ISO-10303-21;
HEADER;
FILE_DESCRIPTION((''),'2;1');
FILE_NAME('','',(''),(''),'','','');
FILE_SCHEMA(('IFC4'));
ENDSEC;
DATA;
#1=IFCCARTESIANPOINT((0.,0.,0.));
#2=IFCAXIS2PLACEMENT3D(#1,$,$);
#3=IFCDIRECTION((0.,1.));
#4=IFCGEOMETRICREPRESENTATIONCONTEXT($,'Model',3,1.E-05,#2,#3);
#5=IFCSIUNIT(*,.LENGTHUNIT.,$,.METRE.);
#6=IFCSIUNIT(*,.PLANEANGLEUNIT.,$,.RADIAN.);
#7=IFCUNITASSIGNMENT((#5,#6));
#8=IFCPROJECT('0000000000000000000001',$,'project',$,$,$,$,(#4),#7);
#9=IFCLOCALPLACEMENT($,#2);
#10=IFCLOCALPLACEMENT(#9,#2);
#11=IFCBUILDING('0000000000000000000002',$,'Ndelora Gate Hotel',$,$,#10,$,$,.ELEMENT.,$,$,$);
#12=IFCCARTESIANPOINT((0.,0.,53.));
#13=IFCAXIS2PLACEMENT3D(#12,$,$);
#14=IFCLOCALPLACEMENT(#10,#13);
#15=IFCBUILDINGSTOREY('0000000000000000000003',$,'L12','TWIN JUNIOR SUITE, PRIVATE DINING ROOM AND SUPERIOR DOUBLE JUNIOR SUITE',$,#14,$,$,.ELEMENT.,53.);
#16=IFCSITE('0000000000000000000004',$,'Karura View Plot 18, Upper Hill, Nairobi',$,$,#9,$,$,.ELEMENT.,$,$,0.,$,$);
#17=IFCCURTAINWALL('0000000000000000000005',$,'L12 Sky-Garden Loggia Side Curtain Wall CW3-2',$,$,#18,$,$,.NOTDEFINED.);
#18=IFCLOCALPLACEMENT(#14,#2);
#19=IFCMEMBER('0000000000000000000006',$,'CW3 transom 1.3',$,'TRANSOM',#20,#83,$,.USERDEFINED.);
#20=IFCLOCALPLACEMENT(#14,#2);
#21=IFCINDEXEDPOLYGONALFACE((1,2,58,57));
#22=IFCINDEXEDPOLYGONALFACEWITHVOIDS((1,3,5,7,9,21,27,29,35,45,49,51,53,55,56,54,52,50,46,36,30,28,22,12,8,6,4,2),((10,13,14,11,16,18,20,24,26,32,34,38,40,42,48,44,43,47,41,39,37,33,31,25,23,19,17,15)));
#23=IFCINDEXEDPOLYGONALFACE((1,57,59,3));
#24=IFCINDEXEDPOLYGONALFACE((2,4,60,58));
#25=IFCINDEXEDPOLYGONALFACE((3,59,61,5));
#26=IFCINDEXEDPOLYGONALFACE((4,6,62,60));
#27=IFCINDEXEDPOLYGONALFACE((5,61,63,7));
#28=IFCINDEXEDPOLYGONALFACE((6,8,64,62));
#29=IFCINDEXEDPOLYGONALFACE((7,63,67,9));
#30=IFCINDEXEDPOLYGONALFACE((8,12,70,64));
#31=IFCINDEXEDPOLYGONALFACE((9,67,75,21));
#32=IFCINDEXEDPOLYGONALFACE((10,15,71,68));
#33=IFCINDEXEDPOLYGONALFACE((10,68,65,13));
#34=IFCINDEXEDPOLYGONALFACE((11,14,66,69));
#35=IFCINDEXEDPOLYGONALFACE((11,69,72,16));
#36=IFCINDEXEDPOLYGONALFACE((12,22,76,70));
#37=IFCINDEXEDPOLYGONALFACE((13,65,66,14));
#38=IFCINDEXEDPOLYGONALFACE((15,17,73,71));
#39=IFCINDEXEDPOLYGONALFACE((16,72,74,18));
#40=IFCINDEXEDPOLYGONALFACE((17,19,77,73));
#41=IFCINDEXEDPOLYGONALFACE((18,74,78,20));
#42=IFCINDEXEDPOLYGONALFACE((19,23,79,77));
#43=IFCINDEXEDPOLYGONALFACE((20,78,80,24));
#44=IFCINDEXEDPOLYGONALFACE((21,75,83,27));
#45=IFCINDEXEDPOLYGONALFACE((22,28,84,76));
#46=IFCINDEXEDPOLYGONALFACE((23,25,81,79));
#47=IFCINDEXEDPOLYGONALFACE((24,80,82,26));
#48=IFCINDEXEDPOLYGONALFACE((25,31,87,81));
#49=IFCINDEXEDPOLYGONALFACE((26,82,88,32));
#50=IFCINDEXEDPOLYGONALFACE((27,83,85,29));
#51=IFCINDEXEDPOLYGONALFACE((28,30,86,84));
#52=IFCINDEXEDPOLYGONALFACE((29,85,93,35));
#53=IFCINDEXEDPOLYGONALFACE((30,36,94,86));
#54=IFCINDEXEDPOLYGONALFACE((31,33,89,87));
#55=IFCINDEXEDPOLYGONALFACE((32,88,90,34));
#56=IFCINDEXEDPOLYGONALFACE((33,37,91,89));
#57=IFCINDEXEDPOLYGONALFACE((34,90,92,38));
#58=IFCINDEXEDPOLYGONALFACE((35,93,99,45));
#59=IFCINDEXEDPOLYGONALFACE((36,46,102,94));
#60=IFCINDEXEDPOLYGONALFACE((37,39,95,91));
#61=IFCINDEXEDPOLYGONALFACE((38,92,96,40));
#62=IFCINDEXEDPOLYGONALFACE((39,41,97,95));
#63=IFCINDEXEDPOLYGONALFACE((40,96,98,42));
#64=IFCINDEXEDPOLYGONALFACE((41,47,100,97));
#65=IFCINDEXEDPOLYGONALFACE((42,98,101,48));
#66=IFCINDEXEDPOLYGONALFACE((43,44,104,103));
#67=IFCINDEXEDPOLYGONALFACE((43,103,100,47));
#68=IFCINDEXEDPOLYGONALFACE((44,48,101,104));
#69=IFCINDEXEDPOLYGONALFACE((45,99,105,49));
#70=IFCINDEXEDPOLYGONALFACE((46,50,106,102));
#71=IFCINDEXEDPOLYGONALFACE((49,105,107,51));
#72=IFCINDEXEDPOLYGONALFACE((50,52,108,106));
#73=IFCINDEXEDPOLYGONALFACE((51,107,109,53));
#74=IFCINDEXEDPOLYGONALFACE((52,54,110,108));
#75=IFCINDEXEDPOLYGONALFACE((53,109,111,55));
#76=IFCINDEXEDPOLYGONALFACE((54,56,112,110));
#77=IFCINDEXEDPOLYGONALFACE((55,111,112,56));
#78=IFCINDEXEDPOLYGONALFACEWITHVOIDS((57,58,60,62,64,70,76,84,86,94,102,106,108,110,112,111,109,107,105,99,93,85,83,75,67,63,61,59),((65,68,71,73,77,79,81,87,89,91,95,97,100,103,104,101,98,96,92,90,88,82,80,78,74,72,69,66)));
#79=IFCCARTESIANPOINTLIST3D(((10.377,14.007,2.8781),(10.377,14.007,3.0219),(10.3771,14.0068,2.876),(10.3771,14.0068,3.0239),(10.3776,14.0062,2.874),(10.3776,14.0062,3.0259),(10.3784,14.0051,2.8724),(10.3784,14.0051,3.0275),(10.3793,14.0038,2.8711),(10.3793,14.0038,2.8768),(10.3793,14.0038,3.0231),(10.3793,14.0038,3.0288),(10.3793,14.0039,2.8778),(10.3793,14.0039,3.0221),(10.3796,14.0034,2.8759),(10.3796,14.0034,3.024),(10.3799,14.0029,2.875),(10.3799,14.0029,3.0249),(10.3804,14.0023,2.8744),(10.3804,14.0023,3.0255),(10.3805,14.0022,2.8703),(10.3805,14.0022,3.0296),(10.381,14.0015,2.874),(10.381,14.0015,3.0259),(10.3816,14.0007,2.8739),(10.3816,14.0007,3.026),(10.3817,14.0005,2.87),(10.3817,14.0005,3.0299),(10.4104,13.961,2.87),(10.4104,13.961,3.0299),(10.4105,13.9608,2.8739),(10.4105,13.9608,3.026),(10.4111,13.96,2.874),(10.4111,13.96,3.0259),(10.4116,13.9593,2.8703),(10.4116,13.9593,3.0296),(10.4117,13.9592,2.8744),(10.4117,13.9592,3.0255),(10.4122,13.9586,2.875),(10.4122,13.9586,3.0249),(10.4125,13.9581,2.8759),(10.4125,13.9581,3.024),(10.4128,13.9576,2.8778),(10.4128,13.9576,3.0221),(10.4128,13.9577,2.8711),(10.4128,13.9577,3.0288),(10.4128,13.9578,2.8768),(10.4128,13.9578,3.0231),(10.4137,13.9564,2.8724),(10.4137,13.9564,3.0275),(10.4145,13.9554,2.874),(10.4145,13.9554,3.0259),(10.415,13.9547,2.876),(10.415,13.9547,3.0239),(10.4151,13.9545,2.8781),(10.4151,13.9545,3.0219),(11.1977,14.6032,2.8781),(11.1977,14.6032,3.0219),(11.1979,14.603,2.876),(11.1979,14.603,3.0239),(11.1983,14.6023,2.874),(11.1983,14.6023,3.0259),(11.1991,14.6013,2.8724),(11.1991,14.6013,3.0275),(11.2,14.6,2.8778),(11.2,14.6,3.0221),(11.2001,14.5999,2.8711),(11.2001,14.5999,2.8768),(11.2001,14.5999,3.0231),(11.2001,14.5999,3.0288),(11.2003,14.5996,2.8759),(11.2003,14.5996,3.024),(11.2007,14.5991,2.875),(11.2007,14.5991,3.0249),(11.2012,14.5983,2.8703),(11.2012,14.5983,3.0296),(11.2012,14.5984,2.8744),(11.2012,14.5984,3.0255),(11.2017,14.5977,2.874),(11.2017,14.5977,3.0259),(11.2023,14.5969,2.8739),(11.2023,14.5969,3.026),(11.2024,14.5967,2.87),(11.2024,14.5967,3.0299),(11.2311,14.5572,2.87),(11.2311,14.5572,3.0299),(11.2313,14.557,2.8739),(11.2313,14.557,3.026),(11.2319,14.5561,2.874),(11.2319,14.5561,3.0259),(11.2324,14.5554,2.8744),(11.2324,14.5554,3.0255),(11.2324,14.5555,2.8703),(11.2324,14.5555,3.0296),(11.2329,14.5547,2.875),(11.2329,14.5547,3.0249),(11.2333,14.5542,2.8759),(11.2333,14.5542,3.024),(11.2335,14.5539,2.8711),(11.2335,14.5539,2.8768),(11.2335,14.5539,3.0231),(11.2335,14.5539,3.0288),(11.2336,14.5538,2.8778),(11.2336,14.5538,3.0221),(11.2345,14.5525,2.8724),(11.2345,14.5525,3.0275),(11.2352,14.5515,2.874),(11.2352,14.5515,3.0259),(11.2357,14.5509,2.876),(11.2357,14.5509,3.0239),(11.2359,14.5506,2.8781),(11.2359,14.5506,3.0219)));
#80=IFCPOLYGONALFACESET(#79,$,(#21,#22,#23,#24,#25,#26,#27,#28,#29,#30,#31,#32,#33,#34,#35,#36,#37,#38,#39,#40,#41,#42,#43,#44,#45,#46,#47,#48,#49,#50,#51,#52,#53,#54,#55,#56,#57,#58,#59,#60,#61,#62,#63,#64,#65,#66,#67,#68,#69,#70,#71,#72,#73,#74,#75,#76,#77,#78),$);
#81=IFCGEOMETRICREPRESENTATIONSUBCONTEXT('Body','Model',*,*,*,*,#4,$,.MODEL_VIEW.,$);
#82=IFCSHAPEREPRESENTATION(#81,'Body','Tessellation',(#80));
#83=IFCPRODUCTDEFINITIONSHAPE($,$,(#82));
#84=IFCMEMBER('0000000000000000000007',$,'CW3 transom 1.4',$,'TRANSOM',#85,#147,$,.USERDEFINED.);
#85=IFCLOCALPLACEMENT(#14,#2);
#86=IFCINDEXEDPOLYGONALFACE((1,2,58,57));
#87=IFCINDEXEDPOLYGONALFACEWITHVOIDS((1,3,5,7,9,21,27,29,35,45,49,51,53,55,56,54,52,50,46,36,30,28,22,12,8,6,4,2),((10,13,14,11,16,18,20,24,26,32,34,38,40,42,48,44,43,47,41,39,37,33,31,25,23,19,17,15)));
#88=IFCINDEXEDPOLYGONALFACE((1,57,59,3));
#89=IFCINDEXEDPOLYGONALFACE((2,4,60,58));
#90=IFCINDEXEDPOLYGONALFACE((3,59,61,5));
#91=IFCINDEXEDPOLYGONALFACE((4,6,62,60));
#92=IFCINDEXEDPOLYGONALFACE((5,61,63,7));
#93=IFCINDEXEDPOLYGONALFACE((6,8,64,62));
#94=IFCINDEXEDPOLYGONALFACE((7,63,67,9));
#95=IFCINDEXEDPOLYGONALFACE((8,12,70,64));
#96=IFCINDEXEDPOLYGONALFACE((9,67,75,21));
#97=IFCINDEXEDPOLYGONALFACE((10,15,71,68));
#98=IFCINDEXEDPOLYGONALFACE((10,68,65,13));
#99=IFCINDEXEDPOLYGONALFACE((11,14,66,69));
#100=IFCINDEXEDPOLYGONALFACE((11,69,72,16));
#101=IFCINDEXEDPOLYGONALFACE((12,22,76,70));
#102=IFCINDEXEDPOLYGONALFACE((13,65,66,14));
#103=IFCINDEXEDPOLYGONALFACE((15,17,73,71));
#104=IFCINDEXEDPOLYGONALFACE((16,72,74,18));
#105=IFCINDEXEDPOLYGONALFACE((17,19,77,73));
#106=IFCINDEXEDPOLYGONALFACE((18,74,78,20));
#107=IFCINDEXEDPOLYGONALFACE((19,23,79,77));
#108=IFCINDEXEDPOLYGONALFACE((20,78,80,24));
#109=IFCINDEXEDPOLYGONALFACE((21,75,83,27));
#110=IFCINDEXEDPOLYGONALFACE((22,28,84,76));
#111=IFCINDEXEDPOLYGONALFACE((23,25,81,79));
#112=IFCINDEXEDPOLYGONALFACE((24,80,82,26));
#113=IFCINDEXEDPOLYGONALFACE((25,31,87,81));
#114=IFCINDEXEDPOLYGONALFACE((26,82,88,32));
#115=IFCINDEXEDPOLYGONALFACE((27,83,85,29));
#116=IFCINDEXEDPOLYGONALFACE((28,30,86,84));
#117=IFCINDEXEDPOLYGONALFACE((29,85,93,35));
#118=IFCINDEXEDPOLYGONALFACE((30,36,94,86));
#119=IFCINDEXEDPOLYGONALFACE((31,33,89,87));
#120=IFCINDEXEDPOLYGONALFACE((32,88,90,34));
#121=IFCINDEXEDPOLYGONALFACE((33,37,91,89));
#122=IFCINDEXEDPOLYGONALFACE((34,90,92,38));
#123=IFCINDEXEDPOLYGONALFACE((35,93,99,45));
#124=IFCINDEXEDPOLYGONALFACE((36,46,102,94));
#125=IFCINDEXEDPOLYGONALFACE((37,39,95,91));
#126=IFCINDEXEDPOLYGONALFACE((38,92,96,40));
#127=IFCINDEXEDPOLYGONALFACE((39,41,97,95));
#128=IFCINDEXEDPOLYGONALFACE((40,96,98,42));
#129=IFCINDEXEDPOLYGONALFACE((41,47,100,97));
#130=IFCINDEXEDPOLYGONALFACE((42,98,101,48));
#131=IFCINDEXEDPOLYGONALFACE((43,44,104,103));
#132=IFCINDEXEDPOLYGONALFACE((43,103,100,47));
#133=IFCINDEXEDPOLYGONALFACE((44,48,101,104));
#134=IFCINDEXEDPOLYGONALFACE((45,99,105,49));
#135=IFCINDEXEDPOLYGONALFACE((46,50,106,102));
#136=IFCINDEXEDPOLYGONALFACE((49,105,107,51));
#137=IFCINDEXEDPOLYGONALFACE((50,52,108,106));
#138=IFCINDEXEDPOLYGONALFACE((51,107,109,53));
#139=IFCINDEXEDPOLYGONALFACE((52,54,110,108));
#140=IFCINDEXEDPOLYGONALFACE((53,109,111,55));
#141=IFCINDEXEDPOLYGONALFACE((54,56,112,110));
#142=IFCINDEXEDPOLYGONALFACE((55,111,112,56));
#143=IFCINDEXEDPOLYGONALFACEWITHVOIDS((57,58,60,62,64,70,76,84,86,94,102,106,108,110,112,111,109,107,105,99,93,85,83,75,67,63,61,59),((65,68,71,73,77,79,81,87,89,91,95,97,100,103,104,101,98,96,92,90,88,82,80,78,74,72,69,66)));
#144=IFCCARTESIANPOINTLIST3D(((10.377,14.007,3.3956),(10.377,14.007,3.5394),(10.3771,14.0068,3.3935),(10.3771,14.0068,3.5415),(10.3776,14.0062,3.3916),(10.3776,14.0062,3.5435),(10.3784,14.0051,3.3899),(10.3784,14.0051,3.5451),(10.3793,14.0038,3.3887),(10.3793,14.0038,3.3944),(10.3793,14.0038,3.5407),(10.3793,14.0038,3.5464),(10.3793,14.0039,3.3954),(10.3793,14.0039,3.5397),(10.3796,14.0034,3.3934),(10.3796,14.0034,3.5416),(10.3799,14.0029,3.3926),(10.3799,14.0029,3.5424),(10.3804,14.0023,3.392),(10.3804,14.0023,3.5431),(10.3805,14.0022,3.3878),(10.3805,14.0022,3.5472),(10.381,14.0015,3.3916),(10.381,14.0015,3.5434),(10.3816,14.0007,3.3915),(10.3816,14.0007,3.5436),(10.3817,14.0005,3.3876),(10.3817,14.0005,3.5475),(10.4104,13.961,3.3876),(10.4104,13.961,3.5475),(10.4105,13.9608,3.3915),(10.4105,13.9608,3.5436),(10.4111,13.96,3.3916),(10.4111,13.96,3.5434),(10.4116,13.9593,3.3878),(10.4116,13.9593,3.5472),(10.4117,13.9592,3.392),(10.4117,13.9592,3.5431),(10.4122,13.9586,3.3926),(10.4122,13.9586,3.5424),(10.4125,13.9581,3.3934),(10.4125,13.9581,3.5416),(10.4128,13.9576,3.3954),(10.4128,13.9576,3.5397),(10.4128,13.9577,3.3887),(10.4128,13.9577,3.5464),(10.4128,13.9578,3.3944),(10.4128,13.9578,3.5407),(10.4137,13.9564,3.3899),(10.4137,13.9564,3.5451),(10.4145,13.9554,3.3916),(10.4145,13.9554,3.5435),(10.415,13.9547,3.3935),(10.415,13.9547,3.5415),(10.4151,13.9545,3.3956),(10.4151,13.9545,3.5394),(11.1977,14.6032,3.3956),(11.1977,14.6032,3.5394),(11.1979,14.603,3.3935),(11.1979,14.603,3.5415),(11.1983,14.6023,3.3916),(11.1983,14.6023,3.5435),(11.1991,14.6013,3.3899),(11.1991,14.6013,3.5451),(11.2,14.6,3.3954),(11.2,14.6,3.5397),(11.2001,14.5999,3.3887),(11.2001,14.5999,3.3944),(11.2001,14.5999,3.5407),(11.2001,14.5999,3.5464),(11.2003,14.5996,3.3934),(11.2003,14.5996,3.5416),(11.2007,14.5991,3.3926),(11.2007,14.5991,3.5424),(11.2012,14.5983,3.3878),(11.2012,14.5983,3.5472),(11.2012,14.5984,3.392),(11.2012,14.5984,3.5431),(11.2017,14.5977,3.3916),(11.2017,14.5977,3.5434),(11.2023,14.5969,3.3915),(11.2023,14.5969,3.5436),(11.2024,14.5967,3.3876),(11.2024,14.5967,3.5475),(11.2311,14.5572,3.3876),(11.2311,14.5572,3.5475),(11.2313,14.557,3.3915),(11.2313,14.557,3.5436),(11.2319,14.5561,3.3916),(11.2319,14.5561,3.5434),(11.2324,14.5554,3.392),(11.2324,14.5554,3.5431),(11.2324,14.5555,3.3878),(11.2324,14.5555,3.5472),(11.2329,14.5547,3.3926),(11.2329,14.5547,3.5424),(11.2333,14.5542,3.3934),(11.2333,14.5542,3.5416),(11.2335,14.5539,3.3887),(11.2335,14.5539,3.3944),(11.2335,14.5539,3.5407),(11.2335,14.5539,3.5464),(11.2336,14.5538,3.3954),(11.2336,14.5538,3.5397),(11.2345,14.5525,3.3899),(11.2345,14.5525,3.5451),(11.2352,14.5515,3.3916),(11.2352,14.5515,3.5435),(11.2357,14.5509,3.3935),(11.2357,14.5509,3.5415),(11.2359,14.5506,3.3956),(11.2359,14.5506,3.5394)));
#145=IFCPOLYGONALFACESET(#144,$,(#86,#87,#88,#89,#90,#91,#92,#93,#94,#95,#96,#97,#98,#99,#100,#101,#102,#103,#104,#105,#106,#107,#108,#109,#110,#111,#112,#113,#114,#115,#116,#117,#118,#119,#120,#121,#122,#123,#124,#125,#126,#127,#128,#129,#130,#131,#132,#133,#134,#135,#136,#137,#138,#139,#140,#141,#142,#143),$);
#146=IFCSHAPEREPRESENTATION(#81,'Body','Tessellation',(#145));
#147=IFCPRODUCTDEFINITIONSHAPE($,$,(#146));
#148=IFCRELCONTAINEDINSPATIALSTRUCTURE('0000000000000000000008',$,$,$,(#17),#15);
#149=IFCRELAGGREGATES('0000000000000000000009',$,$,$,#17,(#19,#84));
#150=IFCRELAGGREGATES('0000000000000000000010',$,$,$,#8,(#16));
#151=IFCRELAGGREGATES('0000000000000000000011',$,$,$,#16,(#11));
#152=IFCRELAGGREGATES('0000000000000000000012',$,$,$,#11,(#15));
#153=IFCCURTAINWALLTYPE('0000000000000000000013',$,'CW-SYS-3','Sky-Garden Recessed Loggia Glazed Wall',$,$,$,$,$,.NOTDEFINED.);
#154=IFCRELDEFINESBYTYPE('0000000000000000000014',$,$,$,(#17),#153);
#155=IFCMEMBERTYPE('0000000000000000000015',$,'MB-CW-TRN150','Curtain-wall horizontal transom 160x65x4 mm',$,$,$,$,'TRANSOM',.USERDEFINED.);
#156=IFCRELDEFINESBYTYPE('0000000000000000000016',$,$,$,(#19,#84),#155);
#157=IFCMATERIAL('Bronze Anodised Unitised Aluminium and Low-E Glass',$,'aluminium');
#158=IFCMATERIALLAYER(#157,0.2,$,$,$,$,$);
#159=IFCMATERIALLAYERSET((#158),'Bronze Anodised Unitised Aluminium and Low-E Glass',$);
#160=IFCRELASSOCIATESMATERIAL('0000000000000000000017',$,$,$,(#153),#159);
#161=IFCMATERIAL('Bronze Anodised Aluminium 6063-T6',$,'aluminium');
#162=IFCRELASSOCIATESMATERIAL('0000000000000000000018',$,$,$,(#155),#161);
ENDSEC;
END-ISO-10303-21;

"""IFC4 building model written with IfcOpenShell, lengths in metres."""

from ifc_helpers import new_model, si_unit, direction, frame, origin, origin_2d, place, context, subcontext, project, spatial, hollow_rectangle, extrude, material, layer, layer_set, material_profile, profile_set, type_object, element, aggregate, save


model = new_model("IFC4")

# Units and contexts
model_context = context("Model", 3, precision=1e-05, world=origin(), true_north=direction((0.0, 1.0)))
body_context = subcontext(model_context, "Body", "Model", "MODEL_VIEW")
ifc_project = project(units=[si_unit("LENGTHUNIT", "METRE"), si_unit("PLANEANGLEUNIT", "RADIAN")], contexts=[model_context])

# Site, building, storey
site_placement = place(None, origin())
site = spatial("IfcSite", under=ifc_project, at=site_placement, Name="Karura View Plot 18, Upper Hill, Nairobi", CompositionType="ELEMENT", RefElevation=0.0)
building_placement = place(site_placement, origin())
building = spatial("IfcBuilding", under=site, at=building_placement, Name="Ndelora Gate Hotel", CompositionType="ELEMENT")
storey_placement = place(building_placement, frame((0.0, 0.0, 53.0)))
storey = spatial("IfcBuildingStorey", under=building, at=storey_placement, Name="L12", Description="TWIN JUNIOR SUITE, PRIVATE DINING ROOM AND SUPERIOR DOUBLE JUNIOR SUITE", CompositionType="ELEMENT", Elevation=53.0)

# Curtain wall, members
ifc_material_1 = material(Name="Bronze Anodised Unitised Aluminium and Low-E Glass", Category="aluminium")
ifc_layer_1 = layer(ifc_material_1, 0.2)
ifc_layer_set_1 = layer_set([ifc_layer_1], Name="Bronze Anodised Unitised Aluminium and Low-E Glass")
curtain_wall_type = type_object("IfcCurtainWallType", Name="CW-SYS-3", Description="Sky-Garden Recessed Loggia Glazed Wall", PredefinedType="NOTDEFINED", material=ifc_layer_set_1)
curtain_wall_placement = place(storey_placement, origin())
curtain_wall = element("IfcCurtainWall", 1, at=curtain_wall_placement, inside=storey, type_object=curtain_wall_type, Name="L12 Sky-Garden Loggia Side Curtain Wall CW3-2", PredefinedType="NOTDEFINED")
ifc_material_2 = material(Name="Bronze Anodised Aluminium 6063-T6", Category="aluminium")
ifc_material_profile_1 = material_profile(ifc_material_2, hollow_rectangle(XDim=0.0649, YDim=0.1599, WallThickness=0.0039, InnerFilletRadius=0.0039, OuterFilletRadius=0.0081, at=origin_2d()), Name="ALU 160x65x4")
ifc_profile_set_1 = profile_set([ifc_material_profile_1], Name="Bronze Anodised Aluminium 6063-T6")
member_type_1 = type_object("IfcMemberType", Name="MB-CW-TRN150", Description="Curtain-wall horizontal transom 160x65x4 mm", ElementType="TRANSOM", PredefinedType="USERDEFINED", material=ifc_profile_set_1)
member_1_placement = place(storey_placement, frame((11.2168, 14.5769, 2.95), z_axis=(-0.80909, -0.587685, 0.0), x_axis=(0.587685, -0.80909, 0.0)))
member_1 = element("IfcMember", 2, at=member_1_placement, type_object=member_type_1, Name="CW3 transom 1.3", ObjectType="TRANSOM", PredefinedType="USERDEFINED", context=body_context, shape_type="SweptSolid", body=[
    extrude(hollow_rectangle(XDim=0.0649, YDim=0.1599, WallThickness=0.0039, InnerFilletRadius=0.0039, OuterFilletRadius=0.0081, at=origin_2d()), origin(), (0.0, 0.0, 1.0), 1.0144),
])
member_2_placement = place(storey_placement, frame((11.2168, 14.5769, 3.4675), z_axis=(-0.80909, -0.587685, 0.0), x_axis=(0.587685, -0.80909, 0.0)))
member_2 = element("IfcMember", 3, at=member_2_placement, type_object=member_type_1, Name="CW3 transom 1.4", ObjectType="TRANSOM", PredefinedType="USERDEFINED", context=body_context, shape_type="SweptSolid", body=[
    extrude(hollow_rectangle(XDim=0.0649, YDim=0.1599, WallThickness=0.0039, InnerFilletRadius=0.0039, OuterFilletRadius=0.0081, at=origin_2d()), origin(), (0.0, 0.0, 1.0), 1.0144),
])
aggregate(curtain_wall, [member_1, member_2])

save(model, "model.ifc")
